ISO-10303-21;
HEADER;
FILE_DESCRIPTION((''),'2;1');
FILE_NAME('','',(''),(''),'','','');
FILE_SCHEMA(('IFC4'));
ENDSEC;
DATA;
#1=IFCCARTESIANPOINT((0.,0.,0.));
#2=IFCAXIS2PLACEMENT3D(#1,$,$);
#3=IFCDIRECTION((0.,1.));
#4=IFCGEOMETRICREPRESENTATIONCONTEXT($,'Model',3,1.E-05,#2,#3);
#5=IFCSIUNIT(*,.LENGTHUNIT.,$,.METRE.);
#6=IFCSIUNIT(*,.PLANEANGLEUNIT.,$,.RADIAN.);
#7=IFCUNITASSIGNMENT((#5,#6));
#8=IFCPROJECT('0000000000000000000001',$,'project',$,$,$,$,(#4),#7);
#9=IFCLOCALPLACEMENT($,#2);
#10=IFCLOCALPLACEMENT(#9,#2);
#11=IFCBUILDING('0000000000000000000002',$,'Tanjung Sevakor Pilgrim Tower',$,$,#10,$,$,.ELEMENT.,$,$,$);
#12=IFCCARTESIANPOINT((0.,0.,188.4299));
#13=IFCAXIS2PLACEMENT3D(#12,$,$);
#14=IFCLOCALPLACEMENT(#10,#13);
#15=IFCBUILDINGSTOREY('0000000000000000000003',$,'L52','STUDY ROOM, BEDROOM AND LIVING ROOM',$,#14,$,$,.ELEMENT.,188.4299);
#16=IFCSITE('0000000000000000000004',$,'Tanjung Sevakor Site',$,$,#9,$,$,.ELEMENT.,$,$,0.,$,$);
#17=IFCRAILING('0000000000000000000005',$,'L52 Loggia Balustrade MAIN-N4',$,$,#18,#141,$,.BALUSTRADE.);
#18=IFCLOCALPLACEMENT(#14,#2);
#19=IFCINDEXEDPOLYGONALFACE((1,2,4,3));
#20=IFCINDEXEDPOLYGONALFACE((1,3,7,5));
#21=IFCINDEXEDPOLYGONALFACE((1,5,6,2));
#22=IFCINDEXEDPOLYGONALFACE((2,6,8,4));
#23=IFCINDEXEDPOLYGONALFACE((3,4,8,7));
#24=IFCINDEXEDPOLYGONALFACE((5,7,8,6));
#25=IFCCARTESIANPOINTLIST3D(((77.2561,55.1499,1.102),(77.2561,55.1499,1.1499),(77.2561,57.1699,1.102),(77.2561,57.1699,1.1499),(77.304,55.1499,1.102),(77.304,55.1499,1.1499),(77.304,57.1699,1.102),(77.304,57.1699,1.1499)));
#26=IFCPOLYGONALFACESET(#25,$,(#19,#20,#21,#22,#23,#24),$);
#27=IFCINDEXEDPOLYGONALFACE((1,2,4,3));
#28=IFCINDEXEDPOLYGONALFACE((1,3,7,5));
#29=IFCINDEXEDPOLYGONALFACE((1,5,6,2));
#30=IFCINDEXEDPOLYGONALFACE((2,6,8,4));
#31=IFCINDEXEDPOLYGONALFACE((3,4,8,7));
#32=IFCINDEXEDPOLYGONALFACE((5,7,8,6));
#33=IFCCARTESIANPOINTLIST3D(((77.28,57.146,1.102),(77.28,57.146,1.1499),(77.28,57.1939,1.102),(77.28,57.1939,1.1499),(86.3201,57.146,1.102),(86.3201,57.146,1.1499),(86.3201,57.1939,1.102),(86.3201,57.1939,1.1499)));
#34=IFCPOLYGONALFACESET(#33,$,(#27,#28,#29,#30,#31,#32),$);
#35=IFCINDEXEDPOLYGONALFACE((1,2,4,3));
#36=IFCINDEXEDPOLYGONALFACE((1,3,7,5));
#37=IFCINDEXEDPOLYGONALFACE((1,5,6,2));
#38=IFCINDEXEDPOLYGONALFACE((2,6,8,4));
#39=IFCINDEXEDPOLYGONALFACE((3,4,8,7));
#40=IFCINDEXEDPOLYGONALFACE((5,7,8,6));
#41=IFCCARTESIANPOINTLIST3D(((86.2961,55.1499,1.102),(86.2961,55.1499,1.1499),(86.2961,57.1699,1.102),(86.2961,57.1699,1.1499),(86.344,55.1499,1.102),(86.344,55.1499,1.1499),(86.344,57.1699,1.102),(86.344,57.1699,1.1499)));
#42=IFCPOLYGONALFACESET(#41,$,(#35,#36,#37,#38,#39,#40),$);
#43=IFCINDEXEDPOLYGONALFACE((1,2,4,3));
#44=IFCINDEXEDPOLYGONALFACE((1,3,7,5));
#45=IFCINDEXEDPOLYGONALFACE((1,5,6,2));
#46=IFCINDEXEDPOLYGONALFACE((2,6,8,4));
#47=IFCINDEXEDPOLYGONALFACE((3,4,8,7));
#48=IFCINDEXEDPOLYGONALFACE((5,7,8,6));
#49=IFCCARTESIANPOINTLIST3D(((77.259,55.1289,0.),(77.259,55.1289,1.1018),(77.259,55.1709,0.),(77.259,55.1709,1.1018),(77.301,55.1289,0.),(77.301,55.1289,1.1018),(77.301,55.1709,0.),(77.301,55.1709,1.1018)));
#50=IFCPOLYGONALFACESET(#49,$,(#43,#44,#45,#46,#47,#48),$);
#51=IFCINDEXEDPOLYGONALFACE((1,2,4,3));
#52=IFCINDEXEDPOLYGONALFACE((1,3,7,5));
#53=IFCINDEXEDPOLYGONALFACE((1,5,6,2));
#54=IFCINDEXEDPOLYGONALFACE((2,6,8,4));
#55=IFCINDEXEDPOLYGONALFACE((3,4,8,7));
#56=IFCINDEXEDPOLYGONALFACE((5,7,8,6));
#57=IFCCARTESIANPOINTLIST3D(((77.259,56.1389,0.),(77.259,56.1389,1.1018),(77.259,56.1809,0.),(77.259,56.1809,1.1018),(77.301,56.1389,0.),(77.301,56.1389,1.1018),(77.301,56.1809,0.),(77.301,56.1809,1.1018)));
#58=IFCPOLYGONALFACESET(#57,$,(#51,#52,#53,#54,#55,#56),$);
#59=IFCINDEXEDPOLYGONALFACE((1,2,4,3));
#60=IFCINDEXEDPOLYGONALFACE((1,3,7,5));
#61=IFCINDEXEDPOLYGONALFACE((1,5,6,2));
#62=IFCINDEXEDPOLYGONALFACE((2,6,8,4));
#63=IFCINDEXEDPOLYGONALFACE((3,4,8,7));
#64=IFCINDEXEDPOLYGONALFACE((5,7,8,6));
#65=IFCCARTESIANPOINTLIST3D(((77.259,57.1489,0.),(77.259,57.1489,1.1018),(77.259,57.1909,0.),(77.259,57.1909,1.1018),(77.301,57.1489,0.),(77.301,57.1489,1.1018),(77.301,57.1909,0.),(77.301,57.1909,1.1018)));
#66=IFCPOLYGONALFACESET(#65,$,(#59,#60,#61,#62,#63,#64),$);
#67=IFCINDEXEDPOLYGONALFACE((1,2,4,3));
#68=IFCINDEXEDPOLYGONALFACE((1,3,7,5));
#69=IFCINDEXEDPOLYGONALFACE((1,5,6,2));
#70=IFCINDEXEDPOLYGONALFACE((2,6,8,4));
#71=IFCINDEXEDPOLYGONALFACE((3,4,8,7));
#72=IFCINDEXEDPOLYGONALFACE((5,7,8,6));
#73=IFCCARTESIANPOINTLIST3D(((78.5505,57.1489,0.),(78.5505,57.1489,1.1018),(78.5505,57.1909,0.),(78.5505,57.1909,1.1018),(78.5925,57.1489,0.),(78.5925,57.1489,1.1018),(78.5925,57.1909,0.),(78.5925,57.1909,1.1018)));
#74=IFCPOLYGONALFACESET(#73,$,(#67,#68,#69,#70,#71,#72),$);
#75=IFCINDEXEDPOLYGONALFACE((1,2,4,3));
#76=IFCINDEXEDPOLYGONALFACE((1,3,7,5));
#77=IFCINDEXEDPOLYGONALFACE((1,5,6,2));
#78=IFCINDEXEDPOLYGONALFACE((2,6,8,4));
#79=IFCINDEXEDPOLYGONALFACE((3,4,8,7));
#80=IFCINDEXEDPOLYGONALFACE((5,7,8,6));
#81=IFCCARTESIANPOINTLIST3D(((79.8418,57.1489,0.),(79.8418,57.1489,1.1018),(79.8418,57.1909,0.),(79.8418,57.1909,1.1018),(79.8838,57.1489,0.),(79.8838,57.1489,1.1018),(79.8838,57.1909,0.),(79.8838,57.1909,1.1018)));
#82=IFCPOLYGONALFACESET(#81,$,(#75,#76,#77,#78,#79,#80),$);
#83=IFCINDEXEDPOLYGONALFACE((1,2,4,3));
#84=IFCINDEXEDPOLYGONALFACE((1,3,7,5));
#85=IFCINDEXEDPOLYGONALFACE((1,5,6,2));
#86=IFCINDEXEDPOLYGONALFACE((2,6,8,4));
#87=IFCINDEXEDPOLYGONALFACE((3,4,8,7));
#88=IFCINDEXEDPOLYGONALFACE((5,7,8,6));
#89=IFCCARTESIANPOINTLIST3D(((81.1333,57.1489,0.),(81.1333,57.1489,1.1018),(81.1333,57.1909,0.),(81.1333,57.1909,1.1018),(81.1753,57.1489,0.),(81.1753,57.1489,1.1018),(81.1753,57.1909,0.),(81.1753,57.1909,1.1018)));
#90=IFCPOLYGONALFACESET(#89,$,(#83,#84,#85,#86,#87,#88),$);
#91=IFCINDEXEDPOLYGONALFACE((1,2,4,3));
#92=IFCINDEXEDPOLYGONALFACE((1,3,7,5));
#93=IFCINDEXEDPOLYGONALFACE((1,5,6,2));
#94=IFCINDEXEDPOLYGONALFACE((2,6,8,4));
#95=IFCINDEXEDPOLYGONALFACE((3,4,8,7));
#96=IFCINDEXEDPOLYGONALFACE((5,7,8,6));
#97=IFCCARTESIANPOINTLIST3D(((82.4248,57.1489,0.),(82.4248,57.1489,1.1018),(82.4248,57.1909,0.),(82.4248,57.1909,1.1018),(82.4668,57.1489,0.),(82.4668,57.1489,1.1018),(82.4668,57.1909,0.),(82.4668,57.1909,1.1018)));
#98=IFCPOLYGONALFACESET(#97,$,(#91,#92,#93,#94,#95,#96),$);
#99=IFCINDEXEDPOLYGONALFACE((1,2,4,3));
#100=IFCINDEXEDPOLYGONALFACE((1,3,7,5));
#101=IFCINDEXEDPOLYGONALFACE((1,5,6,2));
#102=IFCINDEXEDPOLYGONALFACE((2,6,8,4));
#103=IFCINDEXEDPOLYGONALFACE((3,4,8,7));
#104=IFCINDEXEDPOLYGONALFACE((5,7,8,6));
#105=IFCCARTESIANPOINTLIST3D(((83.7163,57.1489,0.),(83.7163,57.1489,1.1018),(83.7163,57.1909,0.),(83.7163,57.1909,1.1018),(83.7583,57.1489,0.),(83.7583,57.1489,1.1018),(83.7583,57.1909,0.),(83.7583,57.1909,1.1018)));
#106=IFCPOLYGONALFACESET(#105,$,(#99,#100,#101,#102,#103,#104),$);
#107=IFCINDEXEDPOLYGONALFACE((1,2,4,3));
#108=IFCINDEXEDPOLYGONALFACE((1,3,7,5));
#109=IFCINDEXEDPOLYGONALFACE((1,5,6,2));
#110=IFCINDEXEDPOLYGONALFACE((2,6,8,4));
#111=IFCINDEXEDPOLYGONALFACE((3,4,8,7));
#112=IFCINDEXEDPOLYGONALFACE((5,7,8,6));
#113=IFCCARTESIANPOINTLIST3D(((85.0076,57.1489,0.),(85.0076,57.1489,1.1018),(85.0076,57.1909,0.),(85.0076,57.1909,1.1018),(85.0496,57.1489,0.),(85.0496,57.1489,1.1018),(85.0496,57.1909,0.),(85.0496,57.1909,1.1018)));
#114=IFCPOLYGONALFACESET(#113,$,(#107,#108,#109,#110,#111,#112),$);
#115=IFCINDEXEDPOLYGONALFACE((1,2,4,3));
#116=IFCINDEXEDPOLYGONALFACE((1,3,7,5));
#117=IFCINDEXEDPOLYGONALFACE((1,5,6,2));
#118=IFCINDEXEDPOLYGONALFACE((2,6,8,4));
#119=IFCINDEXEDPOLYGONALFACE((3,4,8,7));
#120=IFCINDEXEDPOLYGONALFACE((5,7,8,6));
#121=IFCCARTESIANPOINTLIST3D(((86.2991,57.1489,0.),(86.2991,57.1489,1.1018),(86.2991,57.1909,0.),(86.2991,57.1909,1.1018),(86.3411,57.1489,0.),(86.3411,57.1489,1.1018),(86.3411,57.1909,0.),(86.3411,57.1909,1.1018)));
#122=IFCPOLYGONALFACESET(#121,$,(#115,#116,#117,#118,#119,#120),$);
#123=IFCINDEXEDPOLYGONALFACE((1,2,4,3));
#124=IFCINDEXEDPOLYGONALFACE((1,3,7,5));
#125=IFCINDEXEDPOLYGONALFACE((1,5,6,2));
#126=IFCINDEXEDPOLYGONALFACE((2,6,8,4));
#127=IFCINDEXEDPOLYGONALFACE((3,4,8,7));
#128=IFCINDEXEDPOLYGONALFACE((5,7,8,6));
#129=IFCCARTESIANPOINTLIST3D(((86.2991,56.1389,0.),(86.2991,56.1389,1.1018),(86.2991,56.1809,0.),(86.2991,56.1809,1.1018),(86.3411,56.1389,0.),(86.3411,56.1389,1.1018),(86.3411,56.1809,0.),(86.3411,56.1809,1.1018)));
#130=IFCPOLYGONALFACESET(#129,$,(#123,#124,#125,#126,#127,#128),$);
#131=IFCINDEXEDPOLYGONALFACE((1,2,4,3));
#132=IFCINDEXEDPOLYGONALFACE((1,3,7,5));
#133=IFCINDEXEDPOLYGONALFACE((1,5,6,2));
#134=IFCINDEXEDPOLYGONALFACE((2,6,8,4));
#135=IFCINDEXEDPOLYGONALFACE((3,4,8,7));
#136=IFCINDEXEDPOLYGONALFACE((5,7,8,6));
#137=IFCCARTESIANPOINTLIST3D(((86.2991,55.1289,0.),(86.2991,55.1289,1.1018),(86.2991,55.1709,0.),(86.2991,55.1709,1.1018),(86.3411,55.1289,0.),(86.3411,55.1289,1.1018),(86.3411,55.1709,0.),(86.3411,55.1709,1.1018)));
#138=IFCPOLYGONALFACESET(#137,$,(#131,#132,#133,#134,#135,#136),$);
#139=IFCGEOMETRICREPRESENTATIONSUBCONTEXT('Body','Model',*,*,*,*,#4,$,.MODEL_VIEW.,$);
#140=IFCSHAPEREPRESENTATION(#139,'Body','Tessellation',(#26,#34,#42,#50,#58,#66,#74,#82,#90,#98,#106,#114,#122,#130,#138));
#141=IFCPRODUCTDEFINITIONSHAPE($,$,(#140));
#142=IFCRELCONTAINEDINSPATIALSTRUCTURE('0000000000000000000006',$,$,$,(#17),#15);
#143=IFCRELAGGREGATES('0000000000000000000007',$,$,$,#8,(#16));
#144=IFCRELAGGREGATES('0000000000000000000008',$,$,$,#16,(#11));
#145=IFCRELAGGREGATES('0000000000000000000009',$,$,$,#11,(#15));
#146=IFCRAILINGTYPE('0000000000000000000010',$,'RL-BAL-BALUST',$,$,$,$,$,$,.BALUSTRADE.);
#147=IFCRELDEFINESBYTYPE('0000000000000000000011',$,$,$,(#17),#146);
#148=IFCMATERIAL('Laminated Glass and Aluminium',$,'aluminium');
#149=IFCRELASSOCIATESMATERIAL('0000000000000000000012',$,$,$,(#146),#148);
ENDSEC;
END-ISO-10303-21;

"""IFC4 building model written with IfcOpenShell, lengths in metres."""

from ifc_helpers import new_model, si_unit, direction, frame, origin, place, context, subcontext, project, spatial, rectangle, extrude, material, type_object, element, save


model = new_model("IFC4")

# Units and contexts
model_context = context("Model", 3, precision=1e-05, world=origin(), true_north=direction((0.0, 1.0)))
body_context = subcontext(model_context, "Body", "Model", "MODEL_VIEW")
ifc_project = project(units=[si_unit("LENGTHUNIT", "METRE"), si_unit("PLANEANGLEUNIT", "RADIAN")], contexts=[model_context])

# Site, building, storey
site_placement = place(None, origin())
site = spatial("IfcSite", under=ifc_project, at=site_placement, Name="Tanjung Sevakor Site", CompositionType="ELEMENT", RefElevation=0.0)
building_placement = place(site_placement, origin())
building = spatial("IfcBuilding", under=site, at=building_placement, Name="Tanjung Sevakor Pilgrim Tower", CompositionType="ELEMENT")
storey_placement = place(building_placement, frame((0.0, 0.0, 188.4299)))
storey = spatial("IfcBuildingStorey", under=building, at=storey_placement, Name="L52", Description="STUDY ROOM, BEDROOM AND LIVING ROOM", CompositionType="ELEMENT", Elevation=188.4299)

# Railing
ifc_material_1 = material(Name="Laminated Glass and Aluminium", Category="aluminium")
railing_type = type_object("IfcRailingType", Name="RL-BAL-BALUST", PredefinedType="BALUSTRADE", material=ifc_material_1)
railing_1_placement = place(storey_placement, frame((77.28, 55.1499, 0.0)))
element("IfcRailing", 1, at=railing_1_placement, inside=storey, type_object=railing_type, Name="L52 Loggia Balustrade MAIN-N4", PredefinedType="BALUSTRADE", context=body_context, shape_type="SweptSolid", body=[
    extrude(rectangle(XDim=0.0479, YDim=0.0479), frame((0.0, 0.0, 1.126), z_axis=(0.0, 1.0, 0.0), x_axis=(-1.0, 0.0, 0.0)), (0.0, 0.0, 1.0), 2.02),
    extrude(rectangle(XDim=0.0479, YDim=0.0479), frame((0.0, 2.02, 1.126), z_axis=(1.0, 0.0, 0.0), x_axis=(0.0, 1.0, 0.0)), (0.0, 0.0, 1.0), 9.04),
    extrude(rectangle(XDim=0.0479, YDim=0.0479), frame((9.04, 2.02, 1.126), z_axis=(0.0, -1.0, 0.0), x_axis=(1.0, 0.0, 0.0)), (0.0, 0.0, 1.0), 2.02),
    extrude(rectangle(XDim=0.042, YDim=0.042), origin(), (0.0, 0.0, 1.0), 1.1018),
    extrude(rectangle(XDim=0.042, YDim=0.042), frame((0.0, 1.01, 0.0)), (0.0, 0.0, 1.0), 1.1018),
    extrude(rectangle(XDim=0.042, YDim=0.042), frame((0.0, 2.02, 0.0)), (0.0, 0.0, 1.0), 1.1018),
    extrude(rectangle(XDim=0.042, YDim=0.042), frame((1.2915, 2.02, 0.0)), (0.0, 0.0, 1.0), 1.1018),
    extrude(rectangle(XDim=0.042, YDim=0.042), frame((2.5828, 2.02, 0.0)), (0.0, 0.0, 1.0), 1.1018),
    extrude(rectangle(XDim=0.042, YDim=0.042), frame((3.8743, 2.02, 0.0)), (0.0, 0.0, 1.0), 1.1018),
    extrude(rectangle(XDim=0.042, YDim=0.042), frame((5.1658, 2.02, 0.0)), (0.0, 0.0, 1.0), 1.1018),
    extrude(rectangle(XDim=0.042, YDim=0.042), frame((6.4573, 2.02, 0.0)), (0.0, 0.0, 1.0), 1.1018),
    extrude(rectangle(XDim=0.042, YDim=0.042), frame((7.7485, 2.02, 0.0)), (0.0, 0.0, 1.0), 1.1018),
    extrude(rectangle(XDim=0.042, YDim=0.042), frame((9.04, 2.02, 0.0)), (0.0, 0.0, 1.0), 1.1018),
    extrude(rectangle(XDim=0.042, YDim=0.042), frame((9.04, 1.01, 0.0)), (0.0, 0.0, 1.0), 1.1018),
    extrude(rectangle(XDim=0.042, YDim=0.042), frame((9.04, 0.0, 0.0)), (0.0, 0.0, 1.0), 1.1018),
])

save(model, "model.ifc")
